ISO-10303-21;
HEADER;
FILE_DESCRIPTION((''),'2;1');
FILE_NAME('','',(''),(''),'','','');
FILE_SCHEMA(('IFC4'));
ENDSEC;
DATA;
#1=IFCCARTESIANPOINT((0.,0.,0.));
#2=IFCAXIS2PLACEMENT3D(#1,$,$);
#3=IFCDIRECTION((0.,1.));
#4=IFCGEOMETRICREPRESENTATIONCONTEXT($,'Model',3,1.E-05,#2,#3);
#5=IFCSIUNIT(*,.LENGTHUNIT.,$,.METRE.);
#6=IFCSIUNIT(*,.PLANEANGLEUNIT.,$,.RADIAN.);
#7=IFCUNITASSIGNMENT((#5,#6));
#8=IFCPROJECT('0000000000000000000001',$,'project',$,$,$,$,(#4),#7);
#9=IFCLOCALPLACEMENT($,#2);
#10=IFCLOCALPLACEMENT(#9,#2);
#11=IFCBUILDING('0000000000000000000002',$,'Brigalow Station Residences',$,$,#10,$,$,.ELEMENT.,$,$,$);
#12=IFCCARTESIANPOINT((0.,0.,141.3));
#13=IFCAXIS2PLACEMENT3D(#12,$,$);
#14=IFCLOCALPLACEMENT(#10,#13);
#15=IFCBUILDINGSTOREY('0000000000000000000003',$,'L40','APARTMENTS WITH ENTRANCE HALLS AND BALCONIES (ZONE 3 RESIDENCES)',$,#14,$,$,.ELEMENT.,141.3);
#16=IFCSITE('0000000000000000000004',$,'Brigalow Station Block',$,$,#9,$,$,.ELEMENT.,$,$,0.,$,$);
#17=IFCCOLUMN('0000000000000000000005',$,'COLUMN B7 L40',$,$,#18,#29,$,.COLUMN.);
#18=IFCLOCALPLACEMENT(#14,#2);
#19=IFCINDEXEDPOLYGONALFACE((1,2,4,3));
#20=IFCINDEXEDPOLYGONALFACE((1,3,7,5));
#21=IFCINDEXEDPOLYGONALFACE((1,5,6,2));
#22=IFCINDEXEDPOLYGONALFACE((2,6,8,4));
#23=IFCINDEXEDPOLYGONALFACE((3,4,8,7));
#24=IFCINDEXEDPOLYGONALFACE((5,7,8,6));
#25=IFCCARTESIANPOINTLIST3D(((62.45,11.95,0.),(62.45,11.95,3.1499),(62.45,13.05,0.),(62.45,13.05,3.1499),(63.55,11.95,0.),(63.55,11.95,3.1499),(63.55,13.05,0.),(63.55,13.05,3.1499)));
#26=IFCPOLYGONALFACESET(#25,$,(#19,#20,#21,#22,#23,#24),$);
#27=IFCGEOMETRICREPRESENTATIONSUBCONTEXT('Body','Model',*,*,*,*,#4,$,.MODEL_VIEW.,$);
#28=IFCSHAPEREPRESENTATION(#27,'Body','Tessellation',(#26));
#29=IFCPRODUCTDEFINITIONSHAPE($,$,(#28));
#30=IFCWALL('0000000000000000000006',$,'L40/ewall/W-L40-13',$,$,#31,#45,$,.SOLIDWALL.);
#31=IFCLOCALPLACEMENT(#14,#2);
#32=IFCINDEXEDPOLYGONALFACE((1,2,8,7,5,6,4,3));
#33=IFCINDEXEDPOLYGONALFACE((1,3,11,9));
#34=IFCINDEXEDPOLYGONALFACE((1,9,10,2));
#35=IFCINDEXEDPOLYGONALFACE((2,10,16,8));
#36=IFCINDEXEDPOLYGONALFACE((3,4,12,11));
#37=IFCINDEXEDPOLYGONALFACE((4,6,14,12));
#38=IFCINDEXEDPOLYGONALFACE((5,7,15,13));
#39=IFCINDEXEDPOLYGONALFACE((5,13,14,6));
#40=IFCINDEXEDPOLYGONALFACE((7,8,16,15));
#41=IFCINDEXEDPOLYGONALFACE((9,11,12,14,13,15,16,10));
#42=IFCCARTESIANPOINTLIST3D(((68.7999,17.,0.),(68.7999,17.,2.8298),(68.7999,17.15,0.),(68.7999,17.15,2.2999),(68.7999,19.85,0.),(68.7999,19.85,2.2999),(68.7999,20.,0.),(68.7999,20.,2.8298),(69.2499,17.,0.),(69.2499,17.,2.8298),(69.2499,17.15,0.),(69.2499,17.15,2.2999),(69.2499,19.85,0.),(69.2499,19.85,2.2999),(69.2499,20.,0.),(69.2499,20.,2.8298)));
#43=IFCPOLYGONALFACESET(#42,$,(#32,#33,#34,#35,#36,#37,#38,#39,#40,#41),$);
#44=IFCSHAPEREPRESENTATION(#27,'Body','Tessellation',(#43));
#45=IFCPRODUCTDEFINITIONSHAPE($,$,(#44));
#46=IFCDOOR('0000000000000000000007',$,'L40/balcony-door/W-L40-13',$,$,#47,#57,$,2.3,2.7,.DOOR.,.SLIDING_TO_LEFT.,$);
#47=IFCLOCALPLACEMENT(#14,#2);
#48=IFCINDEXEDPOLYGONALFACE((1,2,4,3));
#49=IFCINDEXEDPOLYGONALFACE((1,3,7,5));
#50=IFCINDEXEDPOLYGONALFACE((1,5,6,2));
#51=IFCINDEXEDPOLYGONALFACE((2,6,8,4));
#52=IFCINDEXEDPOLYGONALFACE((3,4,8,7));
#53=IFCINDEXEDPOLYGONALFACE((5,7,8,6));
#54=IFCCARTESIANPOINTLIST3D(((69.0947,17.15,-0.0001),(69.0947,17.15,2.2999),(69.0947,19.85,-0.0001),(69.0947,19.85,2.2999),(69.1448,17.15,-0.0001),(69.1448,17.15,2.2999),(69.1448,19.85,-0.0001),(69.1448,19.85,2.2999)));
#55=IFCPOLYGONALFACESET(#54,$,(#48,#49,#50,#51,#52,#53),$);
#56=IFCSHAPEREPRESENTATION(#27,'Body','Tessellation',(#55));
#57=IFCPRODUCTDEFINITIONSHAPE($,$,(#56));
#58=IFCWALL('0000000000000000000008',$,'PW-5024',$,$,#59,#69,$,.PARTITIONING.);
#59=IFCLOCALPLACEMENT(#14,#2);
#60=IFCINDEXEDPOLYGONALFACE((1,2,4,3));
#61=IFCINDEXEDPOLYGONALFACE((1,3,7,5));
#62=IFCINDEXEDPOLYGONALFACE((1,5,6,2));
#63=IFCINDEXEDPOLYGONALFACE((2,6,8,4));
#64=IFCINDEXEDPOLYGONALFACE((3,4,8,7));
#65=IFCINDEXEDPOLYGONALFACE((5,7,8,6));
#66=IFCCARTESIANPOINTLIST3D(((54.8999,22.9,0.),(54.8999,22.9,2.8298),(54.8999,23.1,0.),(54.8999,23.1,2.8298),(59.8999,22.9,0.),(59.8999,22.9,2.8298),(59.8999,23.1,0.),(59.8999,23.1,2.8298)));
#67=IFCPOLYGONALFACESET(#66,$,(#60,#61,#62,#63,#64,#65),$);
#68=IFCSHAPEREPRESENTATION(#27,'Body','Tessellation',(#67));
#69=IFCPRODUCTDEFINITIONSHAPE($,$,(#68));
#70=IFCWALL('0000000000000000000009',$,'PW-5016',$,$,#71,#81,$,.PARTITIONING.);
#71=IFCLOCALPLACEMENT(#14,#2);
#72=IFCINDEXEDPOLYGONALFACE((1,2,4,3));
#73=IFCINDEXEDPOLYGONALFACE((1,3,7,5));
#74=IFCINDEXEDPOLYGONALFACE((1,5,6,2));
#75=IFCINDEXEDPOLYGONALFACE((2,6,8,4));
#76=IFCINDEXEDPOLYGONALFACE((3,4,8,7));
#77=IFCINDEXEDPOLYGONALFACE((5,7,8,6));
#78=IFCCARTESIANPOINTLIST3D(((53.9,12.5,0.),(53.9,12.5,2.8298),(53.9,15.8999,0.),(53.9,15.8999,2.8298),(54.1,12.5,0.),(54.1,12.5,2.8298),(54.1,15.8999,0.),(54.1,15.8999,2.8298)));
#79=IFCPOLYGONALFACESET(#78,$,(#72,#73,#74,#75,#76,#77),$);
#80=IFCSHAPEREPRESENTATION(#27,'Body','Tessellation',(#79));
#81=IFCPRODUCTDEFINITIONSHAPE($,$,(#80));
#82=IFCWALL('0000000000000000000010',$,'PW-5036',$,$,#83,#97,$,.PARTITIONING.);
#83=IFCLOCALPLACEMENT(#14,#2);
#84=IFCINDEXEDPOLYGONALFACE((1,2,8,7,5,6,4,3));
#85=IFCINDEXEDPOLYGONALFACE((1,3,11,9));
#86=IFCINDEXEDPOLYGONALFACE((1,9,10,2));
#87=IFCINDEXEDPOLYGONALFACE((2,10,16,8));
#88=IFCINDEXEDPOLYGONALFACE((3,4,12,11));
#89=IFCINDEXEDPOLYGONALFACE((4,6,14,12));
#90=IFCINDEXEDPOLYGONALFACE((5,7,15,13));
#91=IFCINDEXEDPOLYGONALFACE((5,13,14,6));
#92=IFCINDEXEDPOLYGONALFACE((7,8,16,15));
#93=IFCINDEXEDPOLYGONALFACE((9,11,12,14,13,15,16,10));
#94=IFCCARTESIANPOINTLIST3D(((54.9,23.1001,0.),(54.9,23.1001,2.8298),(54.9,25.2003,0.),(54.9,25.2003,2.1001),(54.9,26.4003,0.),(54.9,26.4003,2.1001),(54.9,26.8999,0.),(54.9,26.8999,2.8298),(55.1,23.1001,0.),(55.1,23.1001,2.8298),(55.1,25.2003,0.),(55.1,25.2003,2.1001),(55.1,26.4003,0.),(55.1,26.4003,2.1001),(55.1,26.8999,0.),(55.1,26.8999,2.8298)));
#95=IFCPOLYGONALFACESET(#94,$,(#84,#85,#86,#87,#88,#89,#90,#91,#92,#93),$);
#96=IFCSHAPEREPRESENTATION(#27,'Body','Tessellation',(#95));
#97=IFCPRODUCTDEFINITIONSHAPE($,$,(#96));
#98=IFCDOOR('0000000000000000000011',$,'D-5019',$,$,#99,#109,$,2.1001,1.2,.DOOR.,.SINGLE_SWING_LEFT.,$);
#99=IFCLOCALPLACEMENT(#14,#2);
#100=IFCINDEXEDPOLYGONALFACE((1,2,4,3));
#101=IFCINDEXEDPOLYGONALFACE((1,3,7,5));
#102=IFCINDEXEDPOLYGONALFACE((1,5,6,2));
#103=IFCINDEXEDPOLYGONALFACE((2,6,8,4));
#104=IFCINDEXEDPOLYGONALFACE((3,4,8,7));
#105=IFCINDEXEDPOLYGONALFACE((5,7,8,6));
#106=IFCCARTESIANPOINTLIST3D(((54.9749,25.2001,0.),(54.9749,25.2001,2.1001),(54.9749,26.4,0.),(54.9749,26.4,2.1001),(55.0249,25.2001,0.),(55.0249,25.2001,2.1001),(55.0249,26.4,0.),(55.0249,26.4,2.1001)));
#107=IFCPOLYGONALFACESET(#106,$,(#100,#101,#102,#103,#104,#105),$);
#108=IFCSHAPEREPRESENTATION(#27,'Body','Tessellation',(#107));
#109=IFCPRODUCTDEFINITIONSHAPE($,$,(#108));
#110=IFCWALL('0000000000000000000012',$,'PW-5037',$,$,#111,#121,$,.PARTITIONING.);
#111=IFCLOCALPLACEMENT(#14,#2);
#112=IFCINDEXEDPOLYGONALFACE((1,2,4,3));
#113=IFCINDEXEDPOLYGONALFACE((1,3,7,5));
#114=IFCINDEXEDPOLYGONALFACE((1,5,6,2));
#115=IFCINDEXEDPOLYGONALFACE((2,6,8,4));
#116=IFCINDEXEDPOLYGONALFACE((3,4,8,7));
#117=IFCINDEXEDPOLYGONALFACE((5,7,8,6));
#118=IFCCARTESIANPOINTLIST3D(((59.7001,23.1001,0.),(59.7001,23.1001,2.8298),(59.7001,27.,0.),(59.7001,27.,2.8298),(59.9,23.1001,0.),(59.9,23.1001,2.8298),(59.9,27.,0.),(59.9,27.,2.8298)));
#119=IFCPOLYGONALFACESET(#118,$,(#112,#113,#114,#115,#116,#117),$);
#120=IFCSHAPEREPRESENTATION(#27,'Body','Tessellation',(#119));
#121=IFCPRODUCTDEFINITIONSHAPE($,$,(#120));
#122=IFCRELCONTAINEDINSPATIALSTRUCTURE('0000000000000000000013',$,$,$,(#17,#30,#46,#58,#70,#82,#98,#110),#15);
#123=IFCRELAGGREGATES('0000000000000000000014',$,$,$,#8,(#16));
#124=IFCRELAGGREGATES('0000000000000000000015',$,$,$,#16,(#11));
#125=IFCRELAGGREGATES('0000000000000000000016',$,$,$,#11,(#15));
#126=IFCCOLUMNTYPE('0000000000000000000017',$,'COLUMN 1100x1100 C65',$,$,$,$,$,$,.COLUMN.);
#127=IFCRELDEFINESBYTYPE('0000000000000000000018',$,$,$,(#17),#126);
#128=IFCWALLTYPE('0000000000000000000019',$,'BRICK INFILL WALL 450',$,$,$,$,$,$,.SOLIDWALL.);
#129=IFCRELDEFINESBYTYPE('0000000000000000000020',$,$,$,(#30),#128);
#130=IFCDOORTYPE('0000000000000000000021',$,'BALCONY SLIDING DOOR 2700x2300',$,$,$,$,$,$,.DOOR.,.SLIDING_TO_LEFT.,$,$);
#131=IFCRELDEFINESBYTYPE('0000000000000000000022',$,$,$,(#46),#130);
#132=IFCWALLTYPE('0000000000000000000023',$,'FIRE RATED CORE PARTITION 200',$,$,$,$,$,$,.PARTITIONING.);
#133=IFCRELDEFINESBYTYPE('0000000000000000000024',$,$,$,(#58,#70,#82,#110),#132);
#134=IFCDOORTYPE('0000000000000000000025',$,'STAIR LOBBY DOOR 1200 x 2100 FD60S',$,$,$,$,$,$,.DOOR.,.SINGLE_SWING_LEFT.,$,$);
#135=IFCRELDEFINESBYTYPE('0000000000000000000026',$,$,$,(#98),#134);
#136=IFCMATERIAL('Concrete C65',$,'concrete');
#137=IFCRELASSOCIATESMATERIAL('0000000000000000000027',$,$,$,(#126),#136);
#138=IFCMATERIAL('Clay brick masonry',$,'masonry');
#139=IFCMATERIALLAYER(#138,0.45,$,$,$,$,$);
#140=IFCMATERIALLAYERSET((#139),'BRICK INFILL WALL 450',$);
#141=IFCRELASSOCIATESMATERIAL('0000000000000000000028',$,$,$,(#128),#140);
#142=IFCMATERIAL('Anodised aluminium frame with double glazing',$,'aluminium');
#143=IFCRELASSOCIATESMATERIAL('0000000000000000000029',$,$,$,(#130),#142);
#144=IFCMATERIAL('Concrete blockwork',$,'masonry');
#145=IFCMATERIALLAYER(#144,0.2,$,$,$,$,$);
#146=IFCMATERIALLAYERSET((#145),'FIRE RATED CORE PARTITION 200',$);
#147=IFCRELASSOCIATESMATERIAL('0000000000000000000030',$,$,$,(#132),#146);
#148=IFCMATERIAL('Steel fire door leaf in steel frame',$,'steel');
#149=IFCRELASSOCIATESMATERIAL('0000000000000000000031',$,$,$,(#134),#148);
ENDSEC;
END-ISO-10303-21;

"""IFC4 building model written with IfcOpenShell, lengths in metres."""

from ifc_helpers import new_model, si_unit, direction, frame, frame_2d, origin, origin_2d, place, context, subcontext, project, spatial, rectangle, extrude, material, layer, layer_set, material_profile, profile_set, type_object, element, fill, save


model = new_model("IFC4")

# Units and contexts
model_context = context("Model", 3, precision=1e-05, world=origin(), true_north=direction((0.0, 1.0)))
body_context = subcontext(model_context, "Body", "Model", "MODEL_VIEW")
ifc_project = project(units=[si_unit("LENGTHUNIT", "METRE"), si_unit("PLANEANGLEUNIT", "RADIAN")], contexts=[model_context])

# Site, building, storey
site_placement = place(None, origin())
site = spatial("IfcSite", under=ifc_project, at=site_placement, Name="Brigalow Station Block", CompositionType="ELEMENT", RefElevation=0.0)
building_placement = place(site_placement, origin())
building = spatial("IfcBuilding", under=site, at=building_placement, Name="Brigalow Station Residences", CompositionType="ELEMENT")
storey_placement = place(building_placement, frame((0.0, 0.0, 141.3)))
storey = spatial("IfcBuildingStorey", under=building, at=storey_placement, Name="L40", Description="APARTMENTS WITH ENTRANCE HALLS AND BALCONIES (ZONE 3 RESIDENCES)", CompositionType="ELEMENT", Elevation=141.3)

# Column
ifc_material_1 = material(Name="Concrete C65", Category="concrete")
ifc_material_profile = material_profile(ifc_material_1, rectangle(XDim=1.1001, YDim=1.1001, at=origin_2d()), Name="RC1100x1100")
ifc_profile_set = profile_set([ifc_material_profile], Name="Concrete C65")
column_type = type_object("IfcColumnType", Name="COLUMN 1100x1100 C65", PredefinedType="COLUMN", material=ifc_profile_set)
column_placement = place(storey_placement, frame((63.0, 12.5, 0.0), z_axis=(0.0, 0.0, 1.0), x_axis=(1.0, 0.0, 0.0)))
element("IfcColumn", 1, at=column_placement, inside=storey, type_object=column_type, Name="COLUMN B7 L40", PredefinedType="COLUMN", context=body_context, shape_type="SweptSolid", body=[
    extrude(rectangle(XDim=1.1001, YDim=1.1001, at=origin_2d()), origin(), (0.0, 0.0, 1.0), 3.1499),
])

# Wall, opening, door
ifc_material_2 = material(Name="Clay brick masonry", Category="masonry")
ifc_layer_1 = layer(ifc_material_2, 0.45)
ifc_layer_set_1 = layer_set([ifc_layer_1], Name="BRICK INFILL WALL 450")
wall_type_1 = type_object("IfcWallType", Name="BRICK INFILL WALL 450", PredefinedType="SOLIDWALL", material=ifc_layer_set_1)
wall_1_placement = place(storey_placement, frame((69.0249, 17.0, 0.0), z_axis=(0.0, 0.0, 1.0), x_axis=(0.0, 1.0, 0.0)))
wall_1 = element("IfcWall", 2, at=wall_1_placement, inside=storey, type_object=wall_type_1, Name="L40/ewall/W-L40-13", PredefinedType="SOLIDWALL", context=body_context, shape_type="SweptSolid", body=[
    extrude(rectangle(XDim=3.0, YDim=0.45, at=frame_2d((1.5, 0.0))), origin(), (0.0, 0.0, 1.0), 2.8298),
])
opening_1_placement = place(wall_1_placement, frame((0.1499, 0.0, 0.0)))
opening_1 = element("IfcOpeningElement", 3, at=opening_1_placement, cuts=wall_1, PredefinedType="OPENING", context=body_context, shape_type="SweptSolid", body=[
    extrude(rectangle(XDim=2.7, YDim=2.3, at=frame_2d((1.3501, 1.1499))), frame((0.0, 0.2349, 0.0), z_axis=(0.0, -1.0, 0.0), x_axis=(1.0, 0.0, 0.0)), (0.0, 0.0, 1.0), 0.47),
])
ifc_material_3 = material(Name="Anodised aluminium frame with double glazing", Category="aluminium")
door_type_1 = type_object("IfcDoorType", Name="BALCONY SLIDING DOOR 2700x2300", OperationType="SLIDING_TO_LEFT", PredefinedType="DOOR", material=ifc_material_3)
door_1_placement = place(opening_1_placement, origin())
door_1 = element("IfcDoor", 4, at=door_1_placement, inside=storey, type_object=door_type_1, Name="L40/balcony-door/W-L40-13", OperationType="SLIDING_TO_LEFT", OverallHeight=2.3, OverallWidth=2.7, PredefinedType="DOOR", context=body_context, shape_type="SweptSolid", body=[
    extrude(rectangle(XDim=2.7, YDim=2.3, at=frame_2d((1.3501, 1.1499))), frame((0.0, -0.0698, 0.0), z_axis=(0.0, -1.0, 0.0), x_axis=(1.0, 0.0, 0.0)), (0.0, 0.0, 1.0), 0.05),
])
fill(opening_1, door_1)

# Walls
ifc_material_4 = material(Name="Concrete blockwork", Category="masonry")
ifc_layer_2 = layer(ifc_material_4, 0.2)
ifc_layer_set_2 = layer_set([ifc_layer_2], Name="FIRE RATED CORE PARTITION 200")
wall_type_2 = type_object("IfcWallType", Name="FIRE RATED CORE PARTITION 200", PredefinedType="PARTITIONING", material=ifc_layer_set_2)
wall_2_placement = place(storey_placement, frame((54.8999, 23.0, 0.0), z_axis=(0.0, 0.0, 1.0), x_axis=(1.0, 0.0, 0.0)))
element("IfcWall", 5, at=wall_2_placement, inside=storey, type_object=wall_type_2, Name="PW-5024", PredefinedType="PARTITIONING", context=body_context, shape_type="SweptSolid", body=[
    extrude(rectangle(XDim=5.0, YDim=0.2, at=frame_2d((2.5, 0.0))), origin(), (0.0, 0.0, 1.0), 2.8298),
])
wall_3_placement = place(storey_placement, frame((54.0, 12.5, 0.0), z_axis=(0.0, 0.0, 1.0), x_axis=(0.0, 1.0, 0.0)))
element("IfcWall", 6, at=wall_3_placement, inside=storey, type_object=wall_type_2, Name="PW-5016", PredefinedType="PARTITIONING", context=body_context, shape_type="SweptSolid", body=[
    extrude(rectangle(XDim=3.3999, YDim=0.2, at=frame_2d((1.7, 0.0))), origin(), (0.0, 0.0, 1.0), 2.8298),
])

# Wall, opening, door
wall_4_placement = place(storey_placement, frame((55.0, 23.1001, 0.0), z_axis=(0.0, 0.0, 1.0), x_axis=(0.0, 1.0, 0.0)))
wall_4 = element("IfcWall", 7, at=wall_4_placement, inside=storey, type_object=wall_type_2, Name="PW-5036", PredefinedType="PARTITIONING", context=body_context, shape_type="SweptSolid", body=[
    extrude(rectangle(XDim=3.7998, YDim=0.2, at=frame_2d((1.8999, 0.0))), origin(), (0.0, 0.0, 1.0), 2.8298),
])
opening_2_placement = place(wall_4_placement, frame((2.1001, 0.0, 0.0)))
opening_2 = element("IfcOpeningElement", 8, at=opening_2_placement, cuts=wall_4, PredefinedType="OPENING", context=body_context, shape_type="SweptSolid", body=[
    extrude(rectangle(XDim=1.2, YDim=2.1001, at=frame_2d((0.6001, 1.05))), frame((0.0, 0.1099, 0.0), z_axis=(0.0, -1.0, 0.0), x_axis=(1.0, 0.0, 0.0)), (0.0, 0.0, 1.0), 0.22),
])
ifc_material_5 = material(Name="Steel fire door leaf in steel frame", Category="steel")
door_type_2 = type_object("IfcDoorType", Name="STAIR LOBBY DOOR 1200 x 2100 FD60S", OperationType="SINGLE_SWING_LEFT", PredefinedType="DOOR", material=ifc_material_5)
door_2_placement = place(opening_2_placement, frame((1.2, 0.0, 0.0), z_axis=(0.0, 0.0, 1.0), x_axis=(-1.0, 0.0, 0.0)))
door_2 = element("IfcDoor", 9, at=door_2_placement, inside=storey, type_object=door_type_2, Name="D-5019", OperationType="SINGLE_SWING_LEFT", OverallHeight=2.1001, OverallWidth=1.2, PredefinedType="DOOR", context=body_context, shape_type="SweptSolid", body=[
    extrude(rectangle(XDim=1.2, YDim=2.1001, at=frame_2d((0.6001, 1.05))), frame((0.0, 0.0249, 0.0), z_axis=(0.0, -1.0, 0.0), x_axis=(1.0, 0.0, 0.0)), (0.0, 0.0, 1.0), 0.05),
])
fill(opening_2, door_2)

# Wall
wall_5_placement = place(storey_placement, frame((59.8, 23.1001, 0.0), z_axis=(0.0, 0.0, 1.0), x_axis=(0.0, 1.0, 0.0)))
element("IfcWall", 10, at=wall_5_placement, inside=storey, type_object=wall_type_2, Name="PW-5037", PredefinedType="PARTITIONING", context=body_context, shape_type="SweptSolid", body=[
    extrude(rectangle(XDim=3.8999, YDim=0.2, at=frame_2d((1.95, 0.0))), origin(), (0.0, 0.0, 1.0), 2.8298),
])

save(model, "model.ifc")
